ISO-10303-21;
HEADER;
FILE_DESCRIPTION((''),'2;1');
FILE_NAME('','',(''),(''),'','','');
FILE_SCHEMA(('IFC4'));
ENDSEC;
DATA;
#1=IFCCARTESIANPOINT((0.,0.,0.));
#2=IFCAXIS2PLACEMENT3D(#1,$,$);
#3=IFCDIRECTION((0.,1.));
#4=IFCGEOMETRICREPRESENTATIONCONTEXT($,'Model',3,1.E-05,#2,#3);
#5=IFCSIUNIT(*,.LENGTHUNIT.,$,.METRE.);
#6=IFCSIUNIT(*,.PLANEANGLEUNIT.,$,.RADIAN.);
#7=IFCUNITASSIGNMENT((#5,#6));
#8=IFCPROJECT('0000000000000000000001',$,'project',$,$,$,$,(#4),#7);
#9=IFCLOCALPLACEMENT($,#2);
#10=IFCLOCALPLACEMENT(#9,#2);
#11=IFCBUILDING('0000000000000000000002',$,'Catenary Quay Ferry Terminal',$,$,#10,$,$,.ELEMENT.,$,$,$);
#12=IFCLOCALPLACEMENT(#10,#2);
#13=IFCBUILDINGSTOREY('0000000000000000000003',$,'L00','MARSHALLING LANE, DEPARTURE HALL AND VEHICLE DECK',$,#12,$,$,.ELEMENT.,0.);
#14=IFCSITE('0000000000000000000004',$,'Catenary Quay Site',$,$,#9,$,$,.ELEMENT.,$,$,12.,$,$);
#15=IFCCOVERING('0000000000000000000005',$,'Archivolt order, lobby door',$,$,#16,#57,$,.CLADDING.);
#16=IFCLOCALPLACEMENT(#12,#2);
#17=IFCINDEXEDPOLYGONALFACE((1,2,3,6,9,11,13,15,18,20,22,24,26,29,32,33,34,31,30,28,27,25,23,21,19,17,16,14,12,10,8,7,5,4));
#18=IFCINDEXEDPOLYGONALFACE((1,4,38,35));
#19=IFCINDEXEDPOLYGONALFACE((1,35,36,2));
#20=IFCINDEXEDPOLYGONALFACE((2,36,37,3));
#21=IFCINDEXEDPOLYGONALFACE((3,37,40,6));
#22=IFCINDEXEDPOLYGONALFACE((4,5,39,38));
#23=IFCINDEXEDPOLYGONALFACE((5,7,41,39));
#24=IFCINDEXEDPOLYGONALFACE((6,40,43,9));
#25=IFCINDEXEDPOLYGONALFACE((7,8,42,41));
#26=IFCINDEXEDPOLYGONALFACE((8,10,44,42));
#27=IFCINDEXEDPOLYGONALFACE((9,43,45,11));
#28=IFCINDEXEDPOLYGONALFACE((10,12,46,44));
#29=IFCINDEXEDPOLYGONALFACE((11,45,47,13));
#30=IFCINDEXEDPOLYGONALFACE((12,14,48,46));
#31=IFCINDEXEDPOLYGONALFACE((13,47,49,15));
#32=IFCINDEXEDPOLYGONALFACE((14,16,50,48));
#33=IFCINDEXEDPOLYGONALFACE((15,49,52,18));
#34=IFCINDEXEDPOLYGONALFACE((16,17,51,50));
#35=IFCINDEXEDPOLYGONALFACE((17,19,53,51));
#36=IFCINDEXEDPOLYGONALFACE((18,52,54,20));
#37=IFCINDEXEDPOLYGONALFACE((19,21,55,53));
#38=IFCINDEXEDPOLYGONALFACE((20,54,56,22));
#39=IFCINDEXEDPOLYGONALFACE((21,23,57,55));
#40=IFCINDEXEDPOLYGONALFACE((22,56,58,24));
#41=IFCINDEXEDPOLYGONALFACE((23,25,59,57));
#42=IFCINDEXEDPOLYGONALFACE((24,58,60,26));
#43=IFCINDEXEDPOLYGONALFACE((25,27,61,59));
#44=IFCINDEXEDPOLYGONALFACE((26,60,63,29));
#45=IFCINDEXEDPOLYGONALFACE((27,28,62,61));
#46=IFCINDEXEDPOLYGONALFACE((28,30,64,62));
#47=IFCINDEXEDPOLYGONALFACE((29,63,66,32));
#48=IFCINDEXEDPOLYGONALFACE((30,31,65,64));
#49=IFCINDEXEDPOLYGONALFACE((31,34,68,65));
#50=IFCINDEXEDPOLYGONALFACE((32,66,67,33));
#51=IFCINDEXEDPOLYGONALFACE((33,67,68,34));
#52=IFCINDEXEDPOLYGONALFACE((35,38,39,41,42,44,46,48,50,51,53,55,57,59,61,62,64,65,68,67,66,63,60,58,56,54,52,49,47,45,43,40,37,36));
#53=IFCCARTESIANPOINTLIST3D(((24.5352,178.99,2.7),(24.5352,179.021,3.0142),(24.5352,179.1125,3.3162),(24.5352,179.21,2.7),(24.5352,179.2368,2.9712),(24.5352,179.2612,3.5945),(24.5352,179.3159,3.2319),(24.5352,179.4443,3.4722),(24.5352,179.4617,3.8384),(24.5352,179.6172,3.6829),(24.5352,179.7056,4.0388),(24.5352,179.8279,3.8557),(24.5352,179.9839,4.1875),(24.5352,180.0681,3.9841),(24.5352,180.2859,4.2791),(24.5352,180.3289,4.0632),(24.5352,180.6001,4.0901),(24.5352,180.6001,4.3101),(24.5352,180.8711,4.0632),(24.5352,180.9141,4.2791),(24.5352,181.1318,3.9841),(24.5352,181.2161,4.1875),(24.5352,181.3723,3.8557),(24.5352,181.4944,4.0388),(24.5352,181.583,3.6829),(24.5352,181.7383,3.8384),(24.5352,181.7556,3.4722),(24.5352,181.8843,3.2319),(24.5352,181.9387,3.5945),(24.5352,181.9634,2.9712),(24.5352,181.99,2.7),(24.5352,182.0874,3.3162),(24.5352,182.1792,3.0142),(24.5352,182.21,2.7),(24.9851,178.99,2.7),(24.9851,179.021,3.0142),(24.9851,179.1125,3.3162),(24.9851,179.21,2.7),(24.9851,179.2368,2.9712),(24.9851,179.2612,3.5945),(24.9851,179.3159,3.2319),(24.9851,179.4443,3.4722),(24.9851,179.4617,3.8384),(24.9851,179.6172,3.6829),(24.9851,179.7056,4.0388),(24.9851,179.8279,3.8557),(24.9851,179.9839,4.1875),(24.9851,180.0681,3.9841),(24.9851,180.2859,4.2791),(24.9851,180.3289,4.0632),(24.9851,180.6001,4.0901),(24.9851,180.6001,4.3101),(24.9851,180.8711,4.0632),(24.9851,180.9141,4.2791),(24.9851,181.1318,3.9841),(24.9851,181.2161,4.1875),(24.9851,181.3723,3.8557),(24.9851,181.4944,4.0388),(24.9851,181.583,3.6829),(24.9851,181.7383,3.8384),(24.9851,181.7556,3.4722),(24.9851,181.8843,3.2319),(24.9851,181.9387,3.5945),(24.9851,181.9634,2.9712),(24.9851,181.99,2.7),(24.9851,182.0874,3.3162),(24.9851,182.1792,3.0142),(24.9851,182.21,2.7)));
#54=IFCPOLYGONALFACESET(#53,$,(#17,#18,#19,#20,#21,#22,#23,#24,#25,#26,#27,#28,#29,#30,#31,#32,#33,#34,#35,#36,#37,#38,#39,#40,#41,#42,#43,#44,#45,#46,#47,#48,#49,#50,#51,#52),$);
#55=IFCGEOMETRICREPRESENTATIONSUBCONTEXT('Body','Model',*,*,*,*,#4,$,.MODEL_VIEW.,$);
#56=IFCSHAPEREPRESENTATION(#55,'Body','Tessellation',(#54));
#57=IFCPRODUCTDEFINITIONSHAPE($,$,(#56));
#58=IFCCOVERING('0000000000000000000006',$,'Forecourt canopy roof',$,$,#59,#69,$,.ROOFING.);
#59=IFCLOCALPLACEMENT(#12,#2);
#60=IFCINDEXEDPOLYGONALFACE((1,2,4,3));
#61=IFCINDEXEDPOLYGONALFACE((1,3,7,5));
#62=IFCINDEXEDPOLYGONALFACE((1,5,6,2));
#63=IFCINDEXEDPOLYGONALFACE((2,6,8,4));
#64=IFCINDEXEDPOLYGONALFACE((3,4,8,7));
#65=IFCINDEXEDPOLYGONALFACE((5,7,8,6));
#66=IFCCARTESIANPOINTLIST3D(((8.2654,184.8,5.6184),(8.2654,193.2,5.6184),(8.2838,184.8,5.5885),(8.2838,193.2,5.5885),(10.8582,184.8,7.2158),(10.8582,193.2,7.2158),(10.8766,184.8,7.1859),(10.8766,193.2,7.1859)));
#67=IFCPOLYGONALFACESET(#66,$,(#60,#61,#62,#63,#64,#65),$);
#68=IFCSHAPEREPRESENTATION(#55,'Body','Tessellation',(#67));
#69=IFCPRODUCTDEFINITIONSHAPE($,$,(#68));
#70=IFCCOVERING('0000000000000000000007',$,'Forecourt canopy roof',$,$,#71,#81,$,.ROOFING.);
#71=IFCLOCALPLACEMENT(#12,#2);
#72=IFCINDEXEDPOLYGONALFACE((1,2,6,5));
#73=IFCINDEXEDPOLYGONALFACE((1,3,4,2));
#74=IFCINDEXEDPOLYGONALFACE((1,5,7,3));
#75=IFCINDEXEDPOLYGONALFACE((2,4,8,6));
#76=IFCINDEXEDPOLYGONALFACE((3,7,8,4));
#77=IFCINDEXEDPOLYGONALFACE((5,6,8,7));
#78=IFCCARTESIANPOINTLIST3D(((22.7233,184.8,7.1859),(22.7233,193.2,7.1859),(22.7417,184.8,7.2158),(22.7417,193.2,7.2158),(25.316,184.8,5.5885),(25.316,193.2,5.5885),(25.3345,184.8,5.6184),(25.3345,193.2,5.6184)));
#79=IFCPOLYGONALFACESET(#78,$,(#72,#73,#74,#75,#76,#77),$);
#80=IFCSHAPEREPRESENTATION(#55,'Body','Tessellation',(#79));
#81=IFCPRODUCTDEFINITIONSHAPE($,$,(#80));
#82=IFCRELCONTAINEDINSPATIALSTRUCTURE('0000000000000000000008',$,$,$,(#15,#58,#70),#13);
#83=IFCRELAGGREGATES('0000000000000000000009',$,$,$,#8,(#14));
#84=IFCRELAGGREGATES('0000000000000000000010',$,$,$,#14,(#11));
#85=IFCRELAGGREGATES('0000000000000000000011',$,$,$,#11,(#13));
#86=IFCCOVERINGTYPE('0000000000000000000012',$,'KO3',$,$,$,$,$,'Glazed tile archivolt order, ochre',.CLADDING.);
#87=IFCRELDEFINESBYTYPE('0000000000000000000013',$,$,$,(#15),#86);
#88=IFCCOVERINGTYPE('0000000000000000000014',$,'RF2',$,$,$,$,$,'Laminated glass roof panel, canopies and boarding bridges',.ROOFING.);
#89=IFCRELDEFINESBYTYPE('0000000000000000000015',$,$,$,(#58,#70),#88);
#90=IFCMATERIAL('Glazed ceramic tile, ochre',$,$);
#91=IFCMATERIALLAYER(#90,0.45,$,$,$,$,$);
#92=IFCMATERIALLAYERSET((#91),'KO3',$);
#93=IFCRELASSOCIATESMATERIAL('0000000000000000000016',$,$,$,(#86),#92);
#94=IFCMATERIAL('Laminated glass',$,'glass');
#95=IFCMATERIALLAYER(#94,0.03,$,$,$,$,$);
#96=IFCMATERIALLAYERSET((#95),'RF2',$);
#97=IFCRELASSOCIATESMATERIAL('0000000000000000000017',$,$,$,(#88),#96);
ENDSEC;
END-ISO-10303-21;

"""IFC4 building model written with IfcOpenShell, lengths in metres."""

from ifc_helpers import new_model, si_unit, direction, frame, origin, place, context, subcontext, project, spatial, polyline, outline, extrude, material, layer, layer_set, type_object, element, save


model = new_model("IFC4")

# Units and contexts
model_context = context("Model", 3, precision=1e-05, world=origin(), true_north=direction((0.0, 1.0)))
body_context = subcontext(model_context, "Body", "Model", "MODEL_VIEW")
ifc_project = project(units=[si_unit("LENGTHUNIT", "METRE"), si_unit("PLANEANGLEUNIT", "RADIAN")], contexts=[model_context])

# Site, building, storey
site_placement = place(None, origin())
site = spatial("IfcSite", under=ifc_project, at=site_placement, Name="Catenary Quay Site", CompositionType="ELEMENT", RefElevation=12.0)
building_placement = place(site_placement, origin())
building = spatial("IfcBuilding", under=site, at=building_placement, Name="Catenary Quay Ferry Terminal", CompositionType="ELEMENT")
storey_placement = place(building_placement, origin())
storey = spatial("IfcBuildingStorey", under=building, at=storey_placement, Name="L00", Description="MARSHALLING LANE, DEPARTURE HALL AND VEHICLE DECK", CompositionType="ELEMENT", Elevation=0.0)

# Coverings
ifc_material_1 = material(Name="Glazed ceramic tile, ochre")
ifc_layer_1 = layer(ifc_material_1, 0.45)
ifc_layer_set_1 = layer_set([ifc_layer_1], Name="KO3")
covering_type_1 = type_object("IfcCoveringType", Name="KO3", ElementType="Glazed tile archivolt order, ochre", PredefinedType="CLADDING", material=ifc_layer_set_1)
covering_1_placement = place(storey_placement, frame((24.9851, 182.21, 2.7), z_axis=(1.0, 0.0, 0.0), x_axis=(0.0, -0.097436, 0.995242)))
element("IfcCovering", 1, at=covering_1_placement, inside=storey, type_object=covering_type_1, Name="Archivolt order, lobby door", PredefinedType="CLADDING", context=body_context, shape_type="SweptSolid", body=[
    extrude(outline(polyline([(0.0, 0.0), (0.3157, 0.0), (0.6252, 0.0619), (0.9167, 0.1828), (1.179, 0.3585), (1.4022, 0.5817), (1.5773, 0.8442), (1.6979, 1.1359), (1.7593, 1.4453), (1.7591, 1.7611), (1.6974, 2.0705), (1.5765, 2.362), (1.4008, 2.6243), (1.1776, 2.8475), (0.9151, 3.0226), (0.6234, 3.1432), (0.3137, 3.2046), (0.2923, 2.9857), (0.5596, 2.9326), (0.8114, 2.8284), (1.038, 2.6772), (1.2309, 2.4847), (1.3824, 2.2581), (1.4868, 2.0065), (1.5401, 1.7393), (1.5404, 1.4668), (1.4872, 1.1997), (1.3831, 0.9479), (1.2319, 0.721), (1.0393, 0.5282), (0.8128, 0.3769), (0.5612, 0.2723), (0.294, 0.219), (0.0214, 0.2189), (0.0, 0.0)])), origin(), (0.0, 0.0, -1.0), 0.45),
])
ifc_material_2 = material(Name="Laminated glass", Category="glass")
ifc_layer_2 = layer(ifc_material_2, 0.03)
ifc_layer_set_2 = layer_set([ifc_layer_2], Name="RF2")
covering_type_2 = type_object("IfcCoveringType", Name="RF2", ElementType="Laminated glass roof panel, canopies and boarding bridges", PredefinedType="ROOFING", material=ifc_layer_set_2)
for number, where, z_axis, x_axis, name in (
    (2, (8.2654, 184.8, 5.6184), (-0.52454, 0.0, 0.851386), (0.0, 1.0, 0.0), "Forecourt canopy roof"),
    (3, (22.7417, 184.8, 7.2158), (0.52454, 0.0, 0.851386), (0.0, 1.0, 0.0), "Forecourt canopy roof"),
):
    element("IfcCovering", number, at=place(storey_placement, frame(where, z_axis=z_axis, x_axis=x_axis)), inside=storey, type_object=covering_type_2, Name=name, PredefinedType="ROOFING", context=body_context, shape_type="SweptSolid", body=[
        extrude(outline(polyline([(0.0, 0.0), (8.3999, 0.0), (8.3999, -3.0454), (0.0, -3.0454), (0.0, 0.0)])), origin(), (0.0, 0.0, -1.0), 0.0352),
    ])

save(model, "model.ifc")
